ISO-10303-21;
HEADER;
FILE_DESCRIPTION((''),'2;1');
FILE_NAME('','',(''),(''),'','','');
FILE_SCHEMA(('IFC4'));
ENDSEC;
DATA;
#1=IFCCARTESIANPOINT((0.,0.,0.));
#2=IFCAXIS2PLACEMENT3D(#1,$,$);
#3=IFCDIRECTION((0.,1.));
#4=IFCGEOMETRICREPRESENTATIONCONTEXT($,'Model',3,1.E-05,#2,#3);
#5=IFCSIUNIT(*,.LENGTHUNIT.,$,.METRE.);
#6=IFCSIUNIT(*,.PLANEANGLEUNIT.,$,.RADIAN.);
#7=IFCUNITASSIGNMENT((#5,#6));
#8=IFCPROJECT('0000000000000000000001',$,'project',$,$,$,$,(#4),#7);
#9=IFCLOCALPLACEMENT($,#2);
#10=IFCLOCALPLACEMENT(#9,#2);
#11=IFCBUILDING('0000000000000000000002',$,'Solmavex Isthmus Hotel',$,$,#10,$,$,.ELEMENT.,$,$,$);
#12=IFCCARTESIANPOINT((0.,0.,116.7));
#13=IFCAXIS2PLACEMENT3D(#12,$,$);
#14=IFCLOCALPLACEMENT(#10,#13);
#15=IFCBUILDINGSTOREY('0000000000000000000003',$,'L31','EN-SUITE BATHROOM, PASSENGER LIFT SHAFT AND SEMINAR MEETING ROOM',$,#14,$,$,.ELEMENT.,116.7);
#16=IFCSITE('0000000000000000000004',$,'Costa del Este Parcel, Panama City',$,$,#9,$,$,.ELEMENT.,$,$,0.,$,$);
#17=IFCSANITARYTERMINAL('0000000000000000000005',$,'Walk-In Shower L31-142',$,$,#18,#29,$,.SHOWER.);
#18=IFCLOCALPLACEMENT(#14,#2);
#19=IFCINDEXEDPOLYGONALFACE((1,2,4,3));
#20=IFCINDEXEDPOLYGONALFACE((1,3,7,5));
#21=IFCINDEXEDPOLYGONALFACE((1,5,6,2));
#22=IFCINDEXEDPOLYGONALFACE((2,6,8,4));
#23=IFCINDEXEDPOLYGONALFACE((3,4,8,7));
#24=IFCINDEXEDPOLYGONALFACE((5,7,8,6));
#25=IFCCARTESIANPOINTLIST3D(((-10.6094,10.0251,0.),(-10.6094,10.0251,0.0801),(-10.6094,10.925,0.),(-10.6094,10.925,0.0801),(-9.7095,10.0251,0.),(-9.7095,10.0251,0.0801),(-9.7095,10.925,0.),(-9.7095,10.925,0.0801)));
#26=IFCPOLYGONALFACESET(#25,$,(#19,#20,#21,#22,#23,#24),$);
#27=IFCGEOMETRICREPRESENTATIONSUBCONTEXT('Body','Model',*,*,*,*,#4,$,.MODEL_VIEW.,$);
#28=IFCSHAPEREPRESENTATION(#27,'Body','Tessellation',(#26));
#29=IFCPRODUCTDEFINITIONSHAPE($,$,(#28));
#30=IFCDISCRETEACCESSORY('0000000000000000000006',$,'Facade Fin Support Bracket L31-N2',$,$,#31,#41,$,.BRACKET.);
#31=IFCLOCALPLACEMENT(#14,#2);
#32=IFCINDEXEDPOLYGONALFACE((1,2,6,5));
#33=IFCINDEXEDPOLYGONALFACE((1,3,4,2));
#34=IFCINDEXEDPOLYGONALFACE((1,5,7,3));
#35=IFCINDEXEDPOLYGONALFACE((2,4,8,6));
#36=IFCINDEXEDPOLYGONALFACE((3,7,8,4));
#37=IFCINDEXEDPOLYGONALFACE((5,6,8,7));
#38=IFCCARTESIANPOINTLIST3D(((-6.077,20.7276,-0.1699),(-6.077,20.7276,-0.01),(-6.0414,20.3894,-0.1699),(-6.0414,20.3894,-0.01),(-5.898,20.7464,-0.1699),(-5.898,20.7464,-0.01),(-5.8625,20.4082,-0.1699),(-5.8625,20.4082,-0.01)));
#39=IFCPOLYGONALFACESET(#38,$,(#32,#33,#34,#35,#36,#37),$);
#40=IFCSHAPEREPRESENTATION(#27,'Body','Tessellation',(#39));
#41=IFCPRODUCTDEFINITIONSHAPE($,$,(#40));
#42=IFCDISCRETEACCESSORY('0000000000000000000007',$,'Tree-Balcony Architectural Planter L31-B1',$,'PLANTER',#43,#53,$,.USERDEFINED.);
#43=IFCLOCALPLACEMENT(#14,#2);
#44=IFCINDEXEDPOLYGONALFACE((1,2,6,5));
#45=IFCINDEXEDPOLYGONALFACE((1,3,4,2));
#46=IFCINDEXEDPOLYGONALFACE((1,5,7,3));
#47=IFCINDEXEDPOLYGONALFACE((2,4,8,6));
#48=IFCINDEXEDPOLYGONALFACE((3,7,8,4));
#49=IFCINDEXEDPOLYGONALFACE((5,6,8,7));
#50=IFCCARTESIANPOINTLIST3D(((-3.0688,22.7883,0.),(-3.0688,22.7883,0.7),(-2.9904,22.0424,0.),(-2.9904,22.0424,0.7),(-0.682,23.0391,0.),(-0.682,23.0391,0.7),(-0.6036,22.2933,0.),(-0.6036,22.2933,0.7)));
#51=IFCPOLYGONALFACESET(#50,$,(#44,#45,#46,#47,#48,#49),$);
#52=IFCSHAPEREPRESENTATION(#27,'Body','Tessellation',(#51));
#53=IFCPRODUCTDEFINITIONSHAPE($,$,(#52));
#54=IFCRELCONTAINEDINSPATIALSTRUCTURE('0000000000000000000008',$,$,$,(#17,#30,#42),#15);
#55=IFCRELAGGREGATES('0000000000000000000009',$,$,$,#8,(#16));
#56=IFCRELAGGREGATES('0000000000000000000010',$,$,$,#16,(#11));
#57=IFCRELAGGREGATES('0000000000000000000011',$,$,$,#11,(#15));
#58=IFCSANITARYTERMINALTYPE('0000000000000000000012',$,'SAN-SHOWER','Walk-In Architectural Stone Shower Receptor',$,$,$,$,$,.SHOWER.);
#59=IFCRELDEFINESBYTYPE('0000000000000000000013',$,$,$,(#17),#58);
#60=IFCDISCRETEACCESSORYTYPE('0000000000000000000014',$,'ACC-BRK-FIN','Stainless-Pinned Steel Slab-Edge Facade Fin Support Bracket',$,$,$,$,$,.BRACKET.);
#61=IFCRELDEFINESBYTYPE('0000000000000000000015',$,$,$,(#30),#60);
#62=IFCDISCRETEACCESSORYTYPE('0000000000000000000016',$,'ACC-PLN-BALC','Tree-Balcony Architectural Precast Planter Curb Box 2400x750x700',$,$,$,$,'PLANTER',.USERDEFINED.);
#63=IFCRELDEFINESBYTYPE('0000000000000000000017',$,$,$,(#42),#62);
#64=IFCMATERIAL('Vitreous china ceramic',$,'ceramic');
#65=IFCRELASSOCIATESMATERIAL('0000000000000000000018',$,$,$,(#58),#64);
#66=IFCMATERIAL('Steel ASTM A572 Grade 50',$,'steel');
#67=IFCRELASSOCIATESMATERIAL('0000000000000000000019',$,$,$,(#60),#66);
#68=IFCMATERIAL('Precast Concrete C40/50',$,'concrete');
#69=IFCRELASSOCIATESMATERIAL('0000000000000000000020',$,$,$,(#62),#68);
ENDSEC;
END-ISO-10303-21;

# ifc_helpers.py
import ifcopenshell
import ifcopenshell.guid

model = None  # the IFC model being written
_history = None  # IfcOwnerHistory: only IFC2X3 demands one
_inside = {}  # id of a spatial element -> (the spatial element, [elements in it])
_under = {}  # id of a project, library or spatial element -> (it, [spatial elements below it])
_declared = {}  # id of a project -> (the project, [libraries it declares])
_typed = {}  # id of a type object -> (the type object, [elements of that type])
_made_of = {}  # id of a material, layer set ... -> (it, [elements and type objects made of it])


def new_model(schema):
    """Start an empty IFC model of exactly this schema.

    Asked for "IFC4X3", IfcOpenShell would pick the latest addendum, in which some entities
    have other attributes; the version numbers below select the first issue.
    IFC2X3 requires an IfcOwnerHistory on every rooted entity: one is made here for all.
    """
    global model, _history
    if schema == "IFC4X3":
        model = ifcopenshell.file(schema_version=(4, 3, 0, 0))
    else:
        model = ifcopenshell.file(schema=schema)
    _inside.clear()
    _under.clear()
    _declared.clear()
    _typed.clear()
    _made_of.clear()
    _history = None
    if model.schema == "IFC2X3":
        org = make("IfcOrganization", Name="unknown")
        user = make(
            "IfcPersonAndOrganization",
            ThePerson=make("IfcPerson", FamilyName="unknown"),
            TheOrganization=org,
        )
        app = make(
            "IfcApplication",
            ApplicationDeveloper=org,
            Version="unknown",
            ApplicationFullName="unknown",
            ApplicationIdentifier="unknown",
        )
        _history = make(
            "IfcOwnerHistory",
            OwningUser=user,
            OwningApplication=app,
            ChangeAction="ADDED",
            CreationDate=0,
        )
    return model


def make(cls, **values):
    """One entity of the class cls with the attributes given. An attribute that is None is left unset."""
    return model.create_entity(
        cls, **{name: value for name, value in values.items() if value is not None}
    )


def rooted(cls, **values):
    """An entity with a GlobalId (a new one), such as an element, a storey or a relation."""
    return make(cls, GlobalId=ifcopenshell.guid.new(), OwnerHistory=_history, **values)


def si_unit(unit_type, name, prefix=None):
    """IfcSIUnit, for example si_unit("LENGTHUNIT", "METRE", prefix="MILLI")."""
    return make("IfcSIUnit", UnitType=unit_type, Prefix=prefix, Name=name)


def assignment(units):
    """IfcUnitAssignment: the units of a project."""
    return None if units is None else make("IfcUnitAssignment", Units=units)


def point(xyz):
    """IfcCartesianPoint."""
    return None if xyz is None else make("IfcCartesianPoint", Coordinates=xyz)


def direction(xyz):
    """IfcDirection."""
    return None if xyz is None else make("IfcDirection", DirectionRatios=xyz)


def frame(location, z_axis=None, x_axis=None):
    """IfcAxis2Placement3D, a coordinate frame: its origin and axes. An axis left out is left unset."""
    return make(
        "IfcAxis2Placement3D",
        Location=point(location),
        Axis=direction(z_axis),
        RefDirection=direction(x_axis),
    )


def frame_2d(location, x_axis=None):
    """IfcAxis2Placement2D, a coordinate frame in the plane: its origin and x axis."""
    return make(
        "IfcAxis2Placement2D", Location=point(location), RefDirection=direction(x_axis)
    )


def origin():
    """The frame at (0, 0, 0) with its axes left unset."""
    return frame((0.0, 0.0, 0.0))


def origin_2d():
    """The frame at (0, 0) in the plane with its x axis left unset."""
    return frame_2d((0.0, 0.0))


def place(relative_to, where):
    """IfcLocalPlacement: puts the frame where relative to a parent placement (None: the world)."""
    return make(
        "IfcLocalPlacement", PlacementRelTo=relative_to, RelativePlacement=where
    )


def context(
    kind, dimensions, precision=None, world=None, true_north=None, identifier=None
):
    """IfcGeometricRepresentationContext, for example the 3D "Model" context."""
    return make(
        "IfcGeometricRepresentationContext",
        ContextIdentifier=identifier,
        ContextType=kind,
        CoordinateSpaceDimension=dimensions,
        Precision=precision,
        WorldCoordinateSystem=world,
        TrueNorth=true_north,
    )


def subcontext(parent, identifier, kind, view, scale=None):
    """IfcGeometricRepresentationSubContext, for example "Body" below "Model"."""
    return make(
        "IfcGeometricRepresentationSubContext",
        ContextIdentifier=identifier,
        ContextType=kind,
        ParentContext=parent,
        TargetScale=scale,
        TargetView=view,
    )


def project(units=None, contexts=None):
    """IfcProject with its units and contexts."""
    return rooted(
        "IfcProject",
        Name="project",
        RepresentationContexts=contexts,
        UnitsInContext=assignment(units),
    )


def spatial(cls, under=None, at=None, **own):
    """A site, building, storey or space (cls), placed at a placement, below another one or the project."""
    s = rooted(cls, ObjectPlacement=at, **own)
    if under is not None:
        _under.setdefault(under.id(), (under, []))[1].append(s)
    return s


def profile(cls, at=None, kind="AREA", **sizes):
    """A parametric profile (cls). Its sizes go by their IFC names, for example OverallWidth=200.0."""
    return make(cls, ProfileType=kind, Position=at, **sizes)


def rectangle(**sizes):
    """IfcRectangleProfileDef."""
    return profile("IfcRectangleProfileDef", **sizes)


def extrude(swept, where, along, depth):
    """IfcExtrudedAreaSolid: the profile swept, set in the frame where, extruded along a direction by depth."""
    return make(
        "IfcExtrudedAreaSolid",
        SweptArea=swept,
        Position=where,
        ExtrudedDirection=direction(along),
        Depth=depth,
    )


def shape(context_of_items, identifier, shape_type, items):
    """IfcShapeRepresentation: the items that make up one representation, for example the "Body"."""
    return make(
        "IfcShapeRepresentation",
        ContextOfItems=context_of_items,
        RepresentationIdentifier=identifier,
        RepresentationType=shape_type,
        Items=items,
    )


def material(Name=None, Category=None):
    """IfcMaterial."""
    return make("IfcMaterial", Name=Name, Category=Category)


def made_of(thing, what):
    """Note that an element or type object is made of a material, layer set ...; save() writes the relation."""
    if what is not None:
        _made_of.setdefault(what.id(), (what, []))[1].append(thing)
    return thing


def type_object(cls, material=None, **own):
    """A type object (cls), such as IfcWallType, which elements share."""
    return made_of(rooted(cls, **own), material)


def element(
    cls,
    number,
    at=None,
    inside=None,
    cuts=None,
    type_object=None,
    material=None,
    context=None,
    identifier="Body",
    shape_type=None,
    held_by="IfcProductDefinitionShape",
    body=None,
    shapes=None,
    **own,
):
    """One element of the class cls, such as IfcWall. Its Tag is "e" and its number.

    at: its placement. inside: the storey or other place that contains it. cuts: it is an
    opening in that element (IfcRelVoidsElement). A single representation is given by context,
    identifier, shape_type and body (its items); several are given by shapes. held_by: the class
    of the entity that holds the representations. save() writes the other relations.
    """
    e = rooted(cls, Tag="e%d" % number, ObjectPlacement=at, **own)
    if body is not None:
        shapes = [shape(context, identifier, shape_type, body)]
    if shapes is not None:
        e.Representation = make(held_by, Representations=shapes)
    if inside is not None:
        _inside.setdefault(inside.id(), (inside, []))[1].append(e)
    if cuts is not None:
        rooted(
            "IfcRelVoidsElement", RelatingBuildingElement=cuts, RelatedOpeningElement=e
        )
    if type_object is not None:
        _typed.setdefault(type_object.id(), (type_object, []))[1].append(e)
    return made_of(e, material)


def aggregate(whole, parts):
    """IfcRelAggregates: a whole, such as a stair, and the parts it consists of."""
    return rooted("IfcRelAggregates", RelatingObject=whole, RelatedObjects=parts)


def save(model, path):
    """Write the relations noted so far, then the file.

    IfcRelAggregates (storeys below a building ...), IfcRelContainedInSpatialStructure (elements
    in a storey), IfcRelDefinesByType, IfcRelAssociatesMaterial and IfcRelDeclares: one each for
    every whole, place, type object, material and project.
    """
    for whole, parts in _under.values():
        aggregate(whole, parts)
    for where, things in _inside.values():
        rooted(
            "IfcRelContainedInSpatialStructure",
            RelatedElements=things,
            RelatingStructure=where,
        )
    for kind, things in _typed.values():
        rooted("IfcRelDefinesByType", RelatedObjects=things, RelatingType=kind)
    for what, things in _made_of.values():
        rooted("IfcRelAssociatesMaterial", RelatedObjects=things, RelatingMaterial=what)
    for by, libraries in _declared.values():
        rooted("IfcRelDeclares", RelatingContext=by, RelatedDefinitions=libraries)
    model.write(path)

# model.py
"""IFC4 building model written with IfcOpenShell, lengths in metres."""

from ifc_helpers import new_model, si_unit, direction, frame, origin, origin_2d, place, context, subcontext, project, spatial, rectangle, extrude, material, type_object, element, save


model = new_model("IFC4")

# Units and contexts
model_context = context("Model", 3, precision=1e-05, world=origin(), true_north=direction((0.0, 1.0)))
body_context = subcontext(model_context, "Body", "Model", "MODEL_VIEW")
ifc_project = project(units=[si_unit("LENGTHUNIT", "METRE"), si_unit("PLANEANGLEUNIT", "RADIAN")], contexts=[model_context])

# Site, building, storey
site_placement = place(None, origin())
site = spatial("IfcSite", under=ifc_project, at=site_placement, Name="Costa del Este Parcel, Panama City", CompositionType="ELEMENT", RefElevation=0.0)
building_placement = place(site_placement, origin())
building = spatial("IfcBuilding", under=site, at=building_placement, Name="Solmavex Isthmus Hotel", CompositionType="ELEMENT")
storey_placement = place(building_placement, frame((0.0, 0.0, 116.7)))
storey = spatial("IfcBuildingStorey", under=building, at=storey_placement, Name="L31", Description="EN-SUITE BATHROOM, PASSENGER LIFT SHAFT AND SEMINAR MEETING ROOM", CompositionType="ELEMENT", Elevation=116.7)

# Shared definitions
ifc_material_1 = material(Name="Precast Concrete C40/50", Category="concrete")

# Sanitary terminal
ifc_material_2 = material(Name="Vitreous china ceramic", Category="ceramic")
sanitary_terminal_type = type_object("IfcSanitaryTerminalType", Name="SAN-SHOWER", Description="Walk-In Architectural Stone Shower Receptor", PredefinedType="SHOWER", material=ifc_material_2)
sanitary_terminal_placement = place(storey_placement, frame((-10.1594, 10.4751, 0.0), z_axis=(0.0, 0.0, 1.0), x_axis=(1.0, 0.0, 0.0)))
element("IfcSanitaryTerminal", 1, at=sanitary_terminal_placement, inside=storey, type_object=sanitary_terminal_type, Name="Walk-In Shower L31-142", PredefinedType="SHOWER", context=body_context, shape_type="SweptSolid", body=[
    extrude(rectangle(XDim=0.8999, YDim=0.8999, at=origin_2d()), origin(), (0.0, 0.0, 1.0), 0.0801),
])

# Discrete accessories
ifc_material_3 = material(Name="Steel ASTM A572 Grade 50", Category="steel")
discrete_accessory_type_1 = type_object("IfcDiscreteAccessoryType", Name="ACC-BRK-FIN", Description="Stainless-Pinned Steel Slab-Edge Facade Fin Support Bracket", PredefinedType="BRACKET", material=ifc_material_3)
discrete_accessory_1_placement = place(storey_placement, frame((-5.9697, 20.5679, -0.1699), z_axis=(0.0, 0.0, 1.0), x_axis=(-0.104528, 0.994522, 0.0)))
element("IfcDiscreteAccessory", 2, at=discrete_accessory_1_placement, inside=storey, type_object=discrete_accessory_type_1, Name="Facade Fin Support Bracket L31-N2", PredefinedType="BRACKET", context=body_context, shape_type="SweptSolid", body=[
    extrude(rectangle(XDim=0.3401, YDim=0.1799, at=origin_2d()), origin(), (0.0, 0.0, 1.0), 0.1599),
])
discrete_accessory_type_2 = type_object("IfcDiscreteAccessoryType", Name="ACC-PLN-BALC", Description="Tree-Balcony Architectural Precast Planter Curb Box 2400x750x700", ElementType="PLANTER", PredefinedType="USERDEFINED", material=ifc_material_1)
discrete_accessory_2_placement = place(storey_placement, frame((-1.8362, 22.5408, 0.0), z_axis=(0.0, 0.0, 1.0), x_axis=(0.994522, 0.104528, 0.0)))
element("IfcDiscreteAccessory", 3, at=discrete_accessory_2_placement, inside=storey, type_object=discrete_accessory_type_2, Name="Tree-Balcony Architectural Planter L31-B1", ObjectType="PLANTER", PredefinedType="USERDEFINED", context=body_context, shape_type="SweptSolid", body=[
    extrude(rectangle(XDim=2.3999, YDim=0.75, at=origin_2d()), origin(), (0.0, 0.0, 1.0), 0.7),
])

save(model, "model.ifc")
